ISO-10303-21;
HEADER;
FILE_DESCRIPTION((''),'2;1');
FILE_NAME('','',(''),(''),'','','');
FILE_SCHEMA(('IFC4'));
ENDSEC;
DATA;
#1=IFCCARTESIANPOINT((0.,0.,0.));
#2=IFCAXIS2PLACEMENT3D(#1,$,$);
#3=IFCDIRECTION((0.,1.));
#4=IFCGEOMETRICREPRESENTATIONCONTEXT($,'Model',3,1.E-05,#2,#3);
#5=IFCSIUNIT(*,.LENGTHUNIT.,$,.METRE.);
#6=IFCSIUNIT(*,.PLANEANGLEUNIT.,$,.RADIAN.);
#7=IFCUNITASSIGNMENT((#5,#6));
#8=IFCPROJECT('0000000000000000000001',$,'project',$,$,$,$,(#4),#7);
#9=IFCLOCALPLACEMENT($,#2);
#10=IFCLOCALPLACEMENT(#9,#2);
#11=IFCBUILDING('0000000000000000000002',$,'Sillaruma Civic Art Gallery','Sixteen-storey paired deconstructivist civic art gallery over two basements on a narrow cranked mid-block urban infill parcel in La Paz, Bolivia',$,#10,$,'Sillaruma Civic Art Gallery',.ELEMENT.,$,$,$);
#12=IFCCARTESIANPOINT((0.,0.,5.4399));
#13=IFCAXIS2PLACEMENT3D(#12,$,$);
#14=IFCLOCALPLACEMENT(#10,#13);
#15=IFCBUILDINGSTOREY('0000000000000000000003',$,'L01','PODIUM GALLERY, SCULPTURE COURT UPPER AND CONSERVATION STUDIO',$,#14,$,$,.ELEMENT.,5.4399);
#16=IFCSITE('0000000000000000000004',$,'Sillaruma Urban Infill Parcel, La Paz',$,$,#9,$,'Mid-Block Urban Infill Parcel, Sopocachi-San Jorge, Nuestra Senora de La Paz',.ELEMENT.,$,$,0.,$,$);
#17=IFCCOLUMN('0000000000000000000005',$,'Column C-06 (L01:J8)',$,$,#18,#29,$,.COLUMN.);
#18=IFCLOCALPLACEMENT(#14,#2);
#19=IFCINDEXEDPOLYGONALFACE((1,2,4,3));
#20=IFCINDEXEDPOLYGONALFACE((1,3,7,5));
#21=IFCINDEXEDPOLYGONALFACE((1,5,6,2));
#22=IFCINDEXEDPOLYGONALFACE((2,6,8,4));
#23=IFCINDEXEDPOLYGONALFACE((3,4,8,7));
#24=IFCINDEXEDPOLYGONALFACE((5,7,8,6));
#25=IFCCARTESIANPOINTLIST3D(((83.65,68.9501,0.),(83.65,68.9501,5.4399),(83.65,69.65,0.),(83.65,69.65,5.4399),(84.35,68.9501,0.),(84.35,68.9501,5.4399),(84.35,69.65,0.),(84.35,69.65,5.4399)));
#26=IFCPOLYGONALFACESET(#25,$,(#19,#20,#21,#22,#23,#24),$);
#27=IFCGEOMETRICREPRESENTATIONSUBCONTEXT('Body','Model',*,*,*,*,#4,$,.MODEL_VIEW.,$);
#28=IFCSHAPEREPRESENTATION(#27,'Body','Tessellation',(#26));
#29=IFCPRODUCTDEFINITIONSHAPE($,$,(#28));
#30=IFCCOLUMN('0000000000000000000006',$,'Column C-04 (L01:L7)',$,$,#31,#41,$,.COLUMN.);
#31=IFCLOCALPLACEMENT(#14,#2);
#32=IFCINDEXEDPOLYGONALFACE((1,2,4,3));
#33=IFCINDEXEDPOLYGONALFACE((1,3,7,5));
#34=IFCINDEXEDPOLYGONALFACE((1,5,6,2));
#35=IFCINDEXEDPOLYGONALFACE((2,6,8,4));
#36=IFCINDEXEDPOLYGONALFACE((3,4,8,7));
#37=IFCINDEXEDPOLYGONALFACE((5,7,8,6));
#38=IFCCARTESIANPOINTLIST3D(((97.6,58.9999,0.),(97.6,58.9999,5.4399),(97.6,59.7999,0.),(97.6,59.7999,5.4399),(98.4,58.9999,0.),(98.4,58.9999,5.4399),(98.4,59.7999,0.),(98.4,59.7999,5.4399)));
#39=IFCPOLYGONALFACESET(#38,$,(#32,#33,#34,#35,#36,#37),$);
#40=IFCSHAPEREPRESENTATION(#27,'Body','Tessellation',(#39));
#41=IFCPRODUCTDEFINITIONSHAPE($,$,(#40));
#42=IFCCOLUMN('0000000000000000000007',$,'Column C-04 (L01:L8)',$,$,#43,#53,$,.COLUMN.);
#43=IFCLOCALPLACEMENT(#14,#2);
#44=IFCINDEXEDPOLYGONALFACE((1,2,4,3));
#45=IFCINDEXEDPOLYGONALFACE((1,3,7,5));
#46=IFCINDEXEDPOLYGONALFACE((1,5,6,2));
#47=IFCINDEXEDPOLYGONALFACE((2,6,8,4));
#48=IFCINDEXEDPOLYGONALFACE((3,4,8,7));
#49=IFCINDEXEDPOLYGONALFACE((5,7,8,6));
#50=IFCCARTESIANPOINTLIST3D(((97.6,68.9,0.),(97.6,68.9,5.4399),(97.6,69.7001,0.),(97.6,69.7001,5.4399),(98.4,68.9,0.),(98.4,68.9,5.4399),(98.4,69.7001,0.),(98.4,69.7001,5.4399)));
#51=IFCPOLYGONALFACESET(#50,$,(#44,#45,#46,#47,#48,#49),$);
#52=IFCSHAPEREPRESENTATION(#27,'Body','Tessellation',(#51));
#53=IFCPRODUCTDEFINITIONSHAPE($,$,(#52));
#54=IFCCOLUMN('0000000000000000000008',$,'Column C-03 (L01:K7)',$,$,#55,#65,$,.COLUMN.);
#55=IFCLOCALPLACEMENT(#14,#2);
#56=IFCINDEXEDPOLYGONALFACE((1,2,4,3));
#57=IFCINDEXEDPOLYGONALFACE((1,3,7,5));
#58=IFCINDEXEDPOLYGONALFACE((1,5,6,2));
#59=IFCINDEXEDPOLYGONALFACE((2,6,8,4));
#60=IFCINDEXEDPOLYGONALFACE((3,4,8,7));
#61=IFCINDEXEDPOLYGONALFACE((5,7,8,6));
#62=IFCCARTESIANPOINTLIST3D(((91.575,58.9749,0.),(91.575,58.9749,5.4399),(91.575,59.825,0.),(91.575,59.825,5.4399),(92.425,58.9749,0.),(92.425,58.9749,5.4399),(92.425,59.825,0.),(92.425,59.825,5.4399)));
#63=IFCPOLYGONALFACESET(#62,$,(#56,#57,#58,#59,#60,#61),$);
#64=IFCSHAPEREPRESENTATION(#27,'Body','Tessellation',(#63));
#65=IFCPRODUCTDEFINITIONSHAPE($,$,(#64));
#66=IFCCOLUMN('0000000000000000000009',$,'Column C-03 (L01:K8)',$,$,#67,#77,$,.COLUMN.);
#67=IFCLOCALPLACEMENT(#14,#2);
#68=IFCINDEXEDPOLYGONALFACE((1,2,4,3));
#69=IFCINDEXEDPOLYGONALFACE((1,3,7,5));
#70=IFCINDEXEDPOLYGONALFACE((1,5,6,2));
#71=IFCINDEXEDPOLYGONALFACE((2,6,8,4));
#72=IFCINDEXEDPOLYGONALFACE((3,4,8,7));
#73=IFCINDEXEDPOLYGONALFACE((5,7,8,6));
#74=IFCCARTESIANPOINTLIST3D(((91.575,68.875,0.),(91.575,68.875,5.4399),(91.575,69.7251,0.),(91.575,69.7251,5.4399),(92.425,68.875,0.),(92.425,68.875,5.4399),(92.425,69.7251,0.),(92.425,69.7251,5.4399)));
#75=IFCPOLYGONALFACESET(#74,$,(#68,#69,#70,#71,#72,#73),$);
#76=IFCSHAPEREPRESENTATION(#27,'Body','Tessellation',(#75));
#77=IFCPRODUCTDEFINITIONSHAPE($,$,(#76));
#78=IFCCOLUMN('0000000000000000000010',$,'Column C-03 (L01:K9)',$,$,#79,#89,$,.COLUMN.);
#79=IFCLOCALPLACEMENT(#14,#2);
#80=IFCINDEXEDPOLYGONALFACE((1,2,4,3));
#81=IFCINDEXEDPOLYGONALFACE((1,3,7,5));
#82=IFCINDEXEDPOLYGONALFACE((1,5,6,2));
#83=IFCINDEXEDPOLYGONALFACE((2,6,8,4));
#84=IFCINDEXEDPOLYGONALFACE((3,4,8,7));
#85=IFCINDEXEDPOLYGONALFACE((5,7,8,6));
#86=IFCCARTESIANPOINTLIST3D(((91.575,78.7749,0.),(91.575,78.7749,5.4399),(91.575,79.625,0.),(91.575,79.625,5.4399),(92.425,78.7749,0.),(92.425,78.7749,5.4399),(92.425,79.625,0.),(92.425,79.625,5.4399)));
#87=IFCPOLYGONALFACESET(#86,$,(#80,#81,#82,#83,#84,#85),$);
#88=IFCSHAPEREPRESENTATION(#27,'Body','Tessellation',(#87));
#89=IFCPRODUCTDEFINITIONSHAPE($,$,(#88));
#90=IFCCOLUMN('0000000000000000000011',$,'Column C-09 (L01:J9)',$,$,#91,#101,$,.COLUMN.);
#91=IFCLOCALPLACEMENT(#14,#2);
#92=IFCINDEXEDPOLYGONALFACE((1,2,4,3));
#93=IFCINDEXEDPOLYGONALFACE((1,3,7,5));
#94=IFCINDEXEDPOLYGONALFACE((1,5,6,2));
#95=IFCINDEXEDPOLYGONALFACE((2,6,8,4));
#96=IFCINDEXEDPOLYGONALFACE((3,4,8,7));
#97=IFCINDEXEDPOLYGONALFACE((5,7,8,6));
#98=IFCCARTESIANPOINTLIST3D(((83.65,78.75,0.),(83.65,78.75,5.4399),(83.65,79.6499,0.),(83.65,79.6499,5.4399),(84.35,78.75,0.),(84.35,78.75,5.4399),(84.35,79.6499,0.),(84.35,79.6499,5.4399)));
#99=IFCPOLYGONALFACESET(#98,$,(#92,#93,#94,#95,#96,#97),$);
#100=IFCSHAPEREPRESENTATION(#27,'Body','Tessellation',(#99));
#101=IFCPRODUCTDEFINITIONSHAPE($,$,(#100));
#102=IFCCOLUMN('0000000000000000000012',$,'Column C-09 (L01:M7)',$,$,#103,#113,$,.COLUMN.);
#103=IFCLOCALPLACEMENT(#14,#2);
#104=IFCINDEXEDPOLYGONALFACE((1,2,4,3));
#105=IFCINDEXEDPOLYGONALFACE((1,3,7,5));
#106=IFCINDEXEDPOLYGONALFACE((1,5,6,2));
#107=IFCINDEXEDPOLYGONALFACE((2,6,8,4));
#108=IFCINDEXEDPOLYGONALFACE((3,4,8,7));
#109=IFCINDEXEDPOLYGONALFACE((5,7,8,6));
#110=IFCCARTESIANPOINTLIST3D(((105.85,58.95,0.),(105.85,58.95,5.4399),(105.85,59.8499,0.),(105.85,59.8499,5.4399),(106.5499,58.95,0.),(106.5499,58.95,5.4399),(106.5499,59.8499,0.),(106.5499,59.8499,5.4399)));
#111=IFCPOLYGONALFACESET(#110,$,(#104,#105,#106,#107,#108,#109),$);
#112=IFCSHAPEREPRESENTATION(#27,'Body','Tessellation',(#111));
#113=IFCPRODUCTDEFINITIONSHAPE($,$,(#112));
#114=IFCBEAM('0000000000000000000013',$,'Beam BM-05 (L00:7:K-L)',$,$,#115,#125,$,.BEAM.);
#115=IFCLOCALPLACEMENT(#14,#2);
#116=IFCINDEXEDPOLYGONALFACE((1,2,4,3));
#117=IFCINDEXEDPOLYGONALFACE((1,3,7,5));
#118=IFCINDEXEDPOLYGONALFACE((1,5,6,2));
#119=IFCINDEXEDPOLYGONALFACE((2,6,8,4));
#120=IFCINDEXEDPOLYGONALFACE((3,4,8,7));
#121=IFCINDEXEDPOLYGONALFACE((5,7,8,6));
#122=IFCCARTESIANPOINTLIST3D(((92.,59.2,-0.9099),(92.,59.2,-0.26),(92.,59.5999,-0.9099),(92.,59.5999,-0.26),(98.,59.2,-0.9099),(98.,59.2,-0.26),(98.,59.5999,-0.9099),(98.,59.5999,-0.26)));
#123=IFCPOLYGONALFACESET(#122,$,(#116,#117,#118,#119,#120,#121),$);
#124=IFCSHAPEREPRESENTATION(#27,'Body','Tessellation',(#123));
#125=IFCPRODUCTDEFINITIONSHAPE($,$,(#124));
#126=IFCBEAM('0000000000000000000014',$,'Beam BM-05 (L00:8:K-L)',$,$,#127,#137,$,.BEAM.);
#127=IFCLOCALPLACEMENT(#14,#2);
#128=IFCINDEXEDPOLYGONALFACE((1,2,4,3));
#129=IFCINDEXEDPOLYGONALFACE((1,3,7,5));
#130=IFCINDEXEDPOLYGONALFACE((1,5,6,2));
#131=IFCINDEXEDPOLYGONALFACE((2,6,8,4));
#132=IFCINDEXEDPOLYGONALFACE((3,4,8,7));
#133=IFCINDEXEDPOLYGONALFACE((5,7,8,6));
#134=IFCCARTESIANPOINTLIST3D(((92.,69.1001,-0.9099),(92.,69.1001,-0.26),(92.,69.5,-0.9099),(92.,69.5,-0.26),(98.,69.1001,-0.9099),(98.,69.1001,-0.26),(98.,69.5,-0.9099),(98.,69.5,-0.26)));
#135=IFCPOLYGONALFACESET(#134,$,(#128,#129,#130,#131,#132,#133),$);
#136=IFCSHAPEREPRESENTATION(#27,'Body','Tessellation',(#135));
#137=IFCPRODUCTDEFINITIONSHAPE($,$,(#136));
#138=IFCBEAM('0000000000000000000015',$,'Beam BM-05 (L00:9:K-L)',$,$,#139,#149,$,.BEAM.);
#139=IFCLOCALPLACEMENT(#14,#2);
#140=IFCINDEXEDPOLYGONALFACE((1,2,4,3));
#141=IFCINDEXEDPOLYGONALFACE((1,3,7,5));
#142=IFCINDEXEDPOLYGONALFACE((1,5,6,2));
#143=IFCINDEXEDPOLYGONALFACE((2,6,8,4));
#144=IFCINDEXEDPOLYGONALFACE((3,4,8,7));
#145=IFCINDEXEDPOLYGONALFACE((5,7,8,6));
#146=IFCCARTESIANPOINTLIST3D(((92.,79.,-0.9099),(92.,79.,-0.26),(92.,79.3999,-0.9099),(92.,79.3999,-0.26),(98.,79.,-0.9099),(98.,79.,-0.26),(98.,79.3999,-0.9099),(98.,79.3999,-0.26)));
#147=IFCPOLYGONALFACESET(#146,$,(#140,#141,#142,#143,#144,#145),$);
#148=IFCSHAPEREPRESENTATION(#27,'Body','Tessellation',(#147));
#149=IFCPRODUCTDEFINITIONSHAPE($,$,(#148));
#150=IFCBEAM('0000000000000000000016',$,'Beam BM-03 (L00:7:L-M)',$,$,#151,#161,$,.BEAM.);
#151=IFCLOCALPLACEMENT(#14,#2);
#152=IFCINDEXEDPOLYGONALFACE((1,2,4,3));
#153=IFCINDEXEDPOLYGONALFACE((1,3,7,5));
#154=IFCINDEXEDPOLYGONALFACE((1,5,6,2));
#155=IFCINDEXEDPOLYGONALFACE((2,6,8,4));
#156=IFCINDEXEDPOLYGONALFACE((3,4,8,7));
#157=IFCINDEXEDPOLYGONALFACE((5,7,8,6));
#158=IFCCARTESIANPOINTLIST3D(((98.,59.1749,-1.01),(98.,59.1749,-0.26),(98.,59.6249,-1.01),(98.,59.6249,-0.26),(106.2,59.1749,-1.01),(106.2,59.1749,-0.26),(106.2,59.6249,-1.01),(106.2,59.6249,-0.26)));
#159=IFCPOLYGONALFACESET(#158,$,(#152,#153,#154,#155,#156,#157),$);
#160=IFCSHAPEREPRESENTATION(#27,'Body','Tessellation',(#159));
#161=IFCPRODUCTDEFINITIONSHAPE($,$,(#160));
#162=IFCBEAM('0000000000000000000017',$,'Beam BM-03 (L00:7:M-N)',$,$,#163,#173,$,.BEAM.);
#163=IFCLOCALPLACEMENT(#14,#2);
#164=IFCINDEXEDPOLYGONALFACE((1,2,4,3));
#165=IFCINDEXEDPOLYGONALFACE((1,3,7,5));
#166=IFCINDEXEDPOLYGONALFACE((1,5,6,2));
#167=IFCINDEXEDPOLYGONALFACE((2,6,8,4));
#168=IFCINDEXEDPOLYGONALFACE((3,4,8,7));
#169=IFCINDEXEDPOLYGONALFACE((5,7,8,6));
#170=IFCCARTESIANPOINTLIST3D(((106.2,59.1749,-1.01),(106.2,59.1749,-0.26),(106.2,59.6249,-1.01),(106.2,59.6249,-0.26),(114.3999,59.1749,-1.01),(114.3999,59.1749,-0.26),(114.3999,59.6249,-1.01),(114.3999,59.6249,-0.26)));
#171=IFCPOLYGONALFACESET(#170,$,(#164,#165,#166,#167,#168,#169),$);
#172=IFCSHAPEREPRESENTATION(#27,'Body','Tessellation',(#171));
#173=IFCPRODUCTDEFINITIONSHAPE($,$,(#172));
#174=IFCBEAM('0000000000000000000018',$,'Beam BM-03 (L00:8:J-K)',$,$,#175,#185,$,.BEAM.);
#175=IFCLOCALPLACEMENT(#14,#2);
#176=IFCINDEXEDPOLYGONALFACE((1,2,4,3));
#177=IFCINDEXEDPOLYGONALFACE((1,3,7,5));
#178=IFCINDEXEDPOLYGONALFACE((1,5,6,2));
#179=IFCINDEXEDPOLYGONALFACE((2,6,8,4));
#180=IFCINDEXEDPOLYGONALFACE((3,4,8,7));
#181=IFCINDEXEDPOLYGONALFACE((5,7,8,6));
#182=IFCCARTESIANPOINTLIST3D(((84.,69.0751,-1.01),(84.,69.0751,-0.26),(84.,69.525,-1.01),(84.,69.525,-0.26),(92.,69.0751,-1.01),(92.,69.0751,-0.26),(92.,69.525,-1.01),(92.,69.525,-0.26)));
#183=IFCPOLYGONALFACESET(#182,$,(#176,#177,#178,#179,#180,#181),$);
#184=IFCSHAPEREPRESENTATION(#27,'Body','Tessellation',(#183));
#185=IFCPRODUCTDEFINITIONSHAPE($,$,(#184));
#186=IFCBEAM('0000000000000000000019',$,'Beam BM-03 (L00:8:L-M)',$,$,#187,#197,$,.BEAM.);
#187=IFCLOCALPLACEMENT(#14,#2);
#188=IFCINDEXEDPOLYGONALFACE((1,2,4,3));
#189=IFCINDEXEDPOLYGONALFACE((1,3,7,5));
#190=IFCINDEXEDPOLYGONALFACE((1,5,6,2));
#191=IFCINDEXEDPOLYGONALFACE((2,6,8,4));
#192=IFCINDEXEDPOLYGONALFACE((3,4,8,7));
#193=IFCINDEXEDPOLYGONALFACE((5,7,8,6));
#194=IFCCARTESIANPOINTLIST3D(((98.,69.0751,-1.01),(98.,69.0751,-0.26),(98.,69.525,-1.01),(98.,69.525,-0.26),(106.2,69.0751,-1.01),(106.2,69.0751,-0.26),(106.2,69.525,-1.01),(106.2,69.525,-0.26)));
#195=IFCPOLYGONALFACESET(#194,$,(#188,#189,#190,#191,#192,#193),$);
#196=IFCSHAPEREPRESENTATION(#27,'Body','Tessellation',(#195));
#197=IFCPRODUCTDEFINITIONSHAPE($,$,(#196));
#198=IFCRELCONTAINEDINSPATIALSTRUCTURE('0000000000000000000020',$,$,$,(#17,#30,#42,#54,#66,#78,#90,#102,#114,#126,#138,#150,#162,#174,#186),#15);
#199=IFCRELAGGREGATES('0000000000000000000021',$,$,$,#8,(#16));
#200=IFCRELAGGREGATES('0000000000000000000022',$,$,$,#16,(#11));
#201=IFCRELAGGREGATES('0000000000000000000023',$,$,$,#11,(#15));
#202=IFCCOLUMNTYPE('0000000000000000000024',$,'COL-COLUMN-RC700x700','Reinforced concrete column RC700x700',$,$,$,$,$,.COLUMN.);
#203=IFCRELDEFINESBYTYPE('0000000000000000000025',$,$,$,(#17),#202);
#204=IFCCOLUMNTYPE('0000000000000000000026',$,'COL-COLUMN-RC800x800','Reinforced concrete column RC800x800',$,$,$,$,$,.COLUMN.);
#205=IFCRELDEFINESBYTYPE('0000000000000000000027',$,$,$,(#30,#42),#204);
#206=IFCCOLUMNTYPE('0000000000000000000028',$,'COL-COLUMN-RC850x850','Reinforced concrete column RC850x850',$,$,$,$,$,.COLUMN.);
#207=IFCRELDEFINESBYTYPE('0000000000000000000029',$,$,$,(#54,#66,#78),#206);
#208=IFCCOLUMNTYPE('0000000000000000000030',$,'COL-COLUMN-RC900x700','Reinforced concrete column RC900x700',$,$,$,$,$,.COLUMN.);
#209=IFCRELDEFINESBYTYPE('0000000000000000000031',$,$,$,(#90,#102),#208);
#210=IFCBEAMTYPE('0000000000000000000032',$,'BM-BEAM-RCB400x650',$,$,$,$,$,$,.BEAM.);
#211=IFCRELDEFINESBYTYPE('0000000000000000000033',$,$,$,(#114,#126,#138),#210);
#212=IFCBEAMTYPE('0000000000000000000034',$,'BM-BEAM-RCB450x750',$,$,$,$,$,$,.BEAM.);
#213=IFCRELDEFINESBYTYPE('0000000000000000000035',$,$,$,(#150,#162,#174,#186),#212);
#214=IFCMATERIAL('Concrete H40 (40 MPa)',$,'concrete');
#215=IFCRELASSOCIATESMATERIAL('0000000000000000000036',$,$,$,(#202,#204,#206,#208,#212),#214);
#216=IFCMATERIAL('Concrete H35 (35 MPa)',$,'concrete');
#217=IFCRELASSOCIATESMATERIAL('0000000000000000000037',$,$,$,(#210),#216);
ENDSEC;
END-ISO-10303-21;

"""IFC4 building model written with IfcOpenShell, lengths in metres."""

from ifc_helpers import new_model, si_unit, direction, frame, origin, origin_2d, place, context, subcontext, project, spatial, rectangle, extrude, material, material_profile, profile_set, type_object, element, save


model = new_model("IFC4")

# Units and contexts
model_context = context("Model", 3, precision=1e-05, world=origin(), true_north=direction((0.0, 1.0)))
body_context = subcontext(model_context, "Body", "Model", "MODEL_VIEW")
ifc_project = project(units=[si_unit("LENGTHUNIT", "METRE"), si_unit("PLANEANGLEUNIT", "RADIAN")], contexts=[model_context])

# Site, building, storey
site_placement = place(None, origin())
site = spatial("IfcSite", under=ifc_project, at=site_placement, Name="Sillaruma Urban Infill Parcel, La Paz", LongName="Mid-Block Urban Infill Parcel, Sopocachi-San Jorge, Nuestra Senora de La Paz", CompositionType="ELEMENT", RefElevation=0.0)
building_placement = place(site_placement, origin())
building = spatial("IfcBuilding", under=site, at=building_placement, Name="Sillaruma Civic Art Gallery", Description="Sixteen-storey paired deconstructivist civic art gallery over two basements on a narrow cranked mid-block urban infill parcel in La Paz, Bolivia", LongName="Sillaruma Civic Art Gallery", CompositionType="ELEMENT")
storey_placement = place(building_placement, frame((0.0, 0.0, 5.4399)))
storey = spatial("IfcBuildingStorey", under=building, at=storey_placement, Name="L01", Description="PODIUM GALLERY, SCULPTURE COURT UPPER AND CONSERVATION STUDIO", CompositionType="ELEMENT", Elevation=5.4399)

# Columns
ifc_material_1 = material(Name="Concrete H40 (40 MPa)", Category="concrete")
ifc_material_profile_1 = material_profile(ifc_material_1, rectangle(XDim=0.7, YDim=0.7, at=origin_2d()), Name="RC700x700")
ifc_profile_set_1 = profile_set([ifc_material_profile_1], Name="Concrete H40 (40 MPa)")
column_type_1 = type_object("IfcColumnType", Name="COL-COLUMN-RC700x700", Description="Reinforced concrete column RC700x700", PredefinedType="COLUMN", material=ifc_profile_set_1)
column_placement = place(storey_placement, frame((84.0, 69.3, 0.0), z_axis=(0.0, 0.0, 1.0), x_axis=(1.0, 0.0, 0.0)))
element("IfcColumn", 1, at=column_placement, inside=storey, type_object=column_type_1, Name="Column C-06 (L01:J8)", PredefinedType="COLUMN", context=body_context, shape_type="SweptSolid", body=[
    extrude(rectangle(XDim=0.7, YDim=0.7, at=origin_2d()), origin(), (0.0, 0.0, 1.0), 5.4399),
])
ifc_material_profile_2 = material_profile(ifc_material_1, rectangle(XDim=0.8, YDim=0.8, at=origin_2d()), Name="RC800x800")
ifc_profile_set_2 = profile_set([ifc_material_profile_2], Name="Concrete H40 (40 MPa)")
column_type_2 = type_object("IfcColumnType", Name="COL-COLUMN-RC800x800", Description="Reinforced concrete column RC800x800", PredefinedType="COLUMN", material=ifc_profile_set_2)
for number, where, z_axis, x_axis, name in (
    (2, (98.0, 59.3999, 0.0), (0.0, 0.0, 1.0), (1.0, 0.0, 0.0), "Column C-04 (L01:L7)"),
    (3, (98.0, 69.3, 0.0), (0.0, 0.0, 1.0), (1.0, 0.0, 0.0), "Column C-04 (L01:L8)"),
):
    element("IfcColumn", number, at=place(storey_placement, frame(where, z_axis=z_axis, x_axis=x_axis)), inside=storey, type_object=column_type_2, Name=name, PredefinedType="COLUMN", context=body_context, shape_type="SweptSolid", body=[
        extrude(rectangle(XDim=0.8, YDim=0.8, at=origin_2d()), origin(), (0.0, 0.0, 1.0), 5.4399),
    ])
ifc_material_profile_3 = material_profile(ifc_material_1, rectangle(XDim=0.8501, YDim=0.8501, at=origin_2d()), Name="RC850x850")
ifc_profile_set_3 = profile_set([ifc_material_profile_3], Name="Concrete H40 (40 MPa)")
column_type_3 = type_object("IfcColumnType", Name="COL-COLUMN-RC850x850", Description="Reinforced concrete column RC850x850", PredefinedType="COLUMN", material=ifc_profile_set_3)
for number, where, z_axis, x_axis, name in (
    (4, (92.0, 59.3999, 0.0), (0.0, 0.0, 1.0), (1.0, 0.0, 0.0), "Column C-03 (L01:K7)"),
    (5, (92.0, 69.3, 0.0), (0.0, 0.0, 1.0), (1.0, 0.0, 0.0), "Column C-03 (L01:K8)"),
    (6, (92.0, 79.2, 0.0), (0.0, 0.0, 1.0), (1.0, 0.0, 0.0), "Column C-03 (L01:K9)"),
):
    element("IfcColumn", number, at=place(storey_placement, frame(where, z_axis=z_axis, x_axis=x_axis)), inside=storey, type_object=column_type_3, Name=name, PredefinedType="COLUMN", context=body_context, shape_type="SweptSolid", body=[
        extrude(rectangle(XDim=0.8501, YDim=0.8501, at=origin_2d()), origin(), (0.0, 0.0, 1.0), 5.4399),
    ])
ifc_material_profile_4 = material_profile(ifc_material_1, rectangle(XDim=0.7, YDim=0.8999, at=origin_2d()), Name="RC900x700")
ifc_profile_set_4 = profile_set([ifc_material_profile_4], Name="Concrete H40 (40 MPa)")
column_type_4 = type_object("IfcColumnType", Name="COL-COLUMN-RC900x700", Description="Reinforced concrete column RC900x700", PredefinedType="COLUMN", material=ifc_profile_set_4)
for number, where, z_axis, x_axis, name in (
    (7, (84.0, 79.2, 0.0), (0.0, 0.0, 1.0), (1.0, 0.0, 0.0), "Column C-09 (L01:J9)"),
    (8, (106.2, 59.3999, 0.0), (0.0, 0.0, 1.0), (1.0, 0.0, 0.0), "Column C-09 (L01:M7)"),
):
    element("IfcColumn", number, at=place(storey_placement, frame(where, z_axis=z_axis, x_axis=x_axis)), inside=storey, type_object=column_type_4, Name=name, PredefinedType="COLUMN", context=body_context, shape_type="SweptSolid", body=[
        extrude(rectangle(XDim=0.7, YDim=0.8999, at=origin_2d()), origin(), (0.0, 0.0, 1.0), 5.4399),
    ])

# Beams
ifc_material_2 = material(Name="Concrete H35 (35 MPa)", Category="concrete")
ifc_material_profile_5 = material_profile(ifc_material_2, rectangle(XDim=0.3999, YDim=0.6499, at=origin_2d()), Name="RCB400x650")
ifc_profile_set_5 = profile_set([ifc_material_profile_5], Name="Concrete H35 (35 MPa)")
beam_type_1 = type_object("IfcBeamType", Name="BM-BEAM-RCB400x650", PredefinedType="BEAM", material=ifc_profile_set_5)
for number, where, z_axis, x_axis, name in (
    (9, (92.0, 59.3999, -0.585), (1.0, 0.0, 0.0), (0.0, 1.0, 0.0), "Beam BM-05 (L00:7:K-L)"),
    (10, (92.0, 69.3, -0.585), (1.0, 0.0, 0.0), (0.0, 1.0, 0.0), "Beam BM-05 (L00:8:K-L)"),
    (11, (92.0, 79.2, -0.585), (1.0, 0.0, 0.0), (0.0, 1.0, 0.0), "Beam BM-05 (L00:9:K-L)"),
):
    element("IfcBeam", number, at=place(storey_placement, frame(where, z_axis=z_axis, x_axis=x_axis)), inside=storey, type_object=beam_type_1, Name=name, PredefinedType="BEAM", context=body_context, shape_type="SweptSolid", body=[
        extrude(rectangle(XDim=0.3999, YDim=0.6499, at=origin_2d()), origin(), (0.0, 0.0, 1.0), 6.0),
    ])
ifc_material_profile_6 = material_profile(ifc_material_1, rectangle(XDim=0.45, YDim=0.75, at=origin_2d()), Name="RCB450x750")
ifc_profile_set_6 = profile_set([ifc_material_profile_6], Name="Concrete H40 (40 MPa)")
beam_type_2 = type_object("IfcBeamType", Name="BM-BEAM-RCB450x750", PredefinedType="BEAM", material=ifc_profile_set_6)
for number, where, z_axis, x_axis, name in (
    (12, (98.0, 59.3999, -0.635), (1.0, 0.0, 0.0), (0.0, 1.0, 0.0), "Beam BM-03 (L00:7:L-M)"),
    (13, (106.2, 59.3999, -0.635), (1.0, 0.0, 0.0), (0.0, 1.0, 0.0), "Beam BM-03 (L00:7:M-N)"),
):
    element("IfcBeam", number, at=place(storey_placement, frame(where, z_axis=z_axis, x_axis=x_axis)), inside=storey, type_object=beam_type_2, Name=name, PredefinedType="BEAM", context=body_context, shape_type="SweptSolid", body=[
        extrude(rectangle(XDim=0.45, YDim=0.75, at=origin_2d()), origin(), (0.0, 0.0, 1.0), 8.2),
    ])
beam_1_placement = place(storey_placement, frame((84.0, 69.3, -0.635), z_axis=(1.0, 0.0, 0.0), x_axis=(0.0, 1.0, 0.0)))
element("IfcBeam", 14, at=beam_1_placement, inside=storey, type_object=beam_type_2, Name="Beam BM-03 (L00:8:J-K)", PredefinedType="BEAM", context=body_context, shape_type="SweptSolid", body=[
    extrude(rectangle(XDim=0.45, YDim=0.75, at=origin_2d()), origin(), (0.0, 0.0, 1.0), 8.0),
])
beam_2_placement = place(storey_placement, frame((98.0, 69.3, -0.635), z_axis=(1.0, 0.0, 0.0), x_axis=(0.0, 1.0, 0.0)))
element("IfcBeam", 15, at=beam_2_placement, inside=storey, type_object=beam_type_2, Name="Beam BM-03 (L00:8:L-M)", PredefinedType="BEAM", context=body_context, shape_type="SweptSolid", body=[
    extrude(rectangle(XDim=0.45, YDim=0.75, at=origin_2d()), origin(), (0.0, 0.0, 1.0), 8.2),
])

save(model, "model.ifc")
